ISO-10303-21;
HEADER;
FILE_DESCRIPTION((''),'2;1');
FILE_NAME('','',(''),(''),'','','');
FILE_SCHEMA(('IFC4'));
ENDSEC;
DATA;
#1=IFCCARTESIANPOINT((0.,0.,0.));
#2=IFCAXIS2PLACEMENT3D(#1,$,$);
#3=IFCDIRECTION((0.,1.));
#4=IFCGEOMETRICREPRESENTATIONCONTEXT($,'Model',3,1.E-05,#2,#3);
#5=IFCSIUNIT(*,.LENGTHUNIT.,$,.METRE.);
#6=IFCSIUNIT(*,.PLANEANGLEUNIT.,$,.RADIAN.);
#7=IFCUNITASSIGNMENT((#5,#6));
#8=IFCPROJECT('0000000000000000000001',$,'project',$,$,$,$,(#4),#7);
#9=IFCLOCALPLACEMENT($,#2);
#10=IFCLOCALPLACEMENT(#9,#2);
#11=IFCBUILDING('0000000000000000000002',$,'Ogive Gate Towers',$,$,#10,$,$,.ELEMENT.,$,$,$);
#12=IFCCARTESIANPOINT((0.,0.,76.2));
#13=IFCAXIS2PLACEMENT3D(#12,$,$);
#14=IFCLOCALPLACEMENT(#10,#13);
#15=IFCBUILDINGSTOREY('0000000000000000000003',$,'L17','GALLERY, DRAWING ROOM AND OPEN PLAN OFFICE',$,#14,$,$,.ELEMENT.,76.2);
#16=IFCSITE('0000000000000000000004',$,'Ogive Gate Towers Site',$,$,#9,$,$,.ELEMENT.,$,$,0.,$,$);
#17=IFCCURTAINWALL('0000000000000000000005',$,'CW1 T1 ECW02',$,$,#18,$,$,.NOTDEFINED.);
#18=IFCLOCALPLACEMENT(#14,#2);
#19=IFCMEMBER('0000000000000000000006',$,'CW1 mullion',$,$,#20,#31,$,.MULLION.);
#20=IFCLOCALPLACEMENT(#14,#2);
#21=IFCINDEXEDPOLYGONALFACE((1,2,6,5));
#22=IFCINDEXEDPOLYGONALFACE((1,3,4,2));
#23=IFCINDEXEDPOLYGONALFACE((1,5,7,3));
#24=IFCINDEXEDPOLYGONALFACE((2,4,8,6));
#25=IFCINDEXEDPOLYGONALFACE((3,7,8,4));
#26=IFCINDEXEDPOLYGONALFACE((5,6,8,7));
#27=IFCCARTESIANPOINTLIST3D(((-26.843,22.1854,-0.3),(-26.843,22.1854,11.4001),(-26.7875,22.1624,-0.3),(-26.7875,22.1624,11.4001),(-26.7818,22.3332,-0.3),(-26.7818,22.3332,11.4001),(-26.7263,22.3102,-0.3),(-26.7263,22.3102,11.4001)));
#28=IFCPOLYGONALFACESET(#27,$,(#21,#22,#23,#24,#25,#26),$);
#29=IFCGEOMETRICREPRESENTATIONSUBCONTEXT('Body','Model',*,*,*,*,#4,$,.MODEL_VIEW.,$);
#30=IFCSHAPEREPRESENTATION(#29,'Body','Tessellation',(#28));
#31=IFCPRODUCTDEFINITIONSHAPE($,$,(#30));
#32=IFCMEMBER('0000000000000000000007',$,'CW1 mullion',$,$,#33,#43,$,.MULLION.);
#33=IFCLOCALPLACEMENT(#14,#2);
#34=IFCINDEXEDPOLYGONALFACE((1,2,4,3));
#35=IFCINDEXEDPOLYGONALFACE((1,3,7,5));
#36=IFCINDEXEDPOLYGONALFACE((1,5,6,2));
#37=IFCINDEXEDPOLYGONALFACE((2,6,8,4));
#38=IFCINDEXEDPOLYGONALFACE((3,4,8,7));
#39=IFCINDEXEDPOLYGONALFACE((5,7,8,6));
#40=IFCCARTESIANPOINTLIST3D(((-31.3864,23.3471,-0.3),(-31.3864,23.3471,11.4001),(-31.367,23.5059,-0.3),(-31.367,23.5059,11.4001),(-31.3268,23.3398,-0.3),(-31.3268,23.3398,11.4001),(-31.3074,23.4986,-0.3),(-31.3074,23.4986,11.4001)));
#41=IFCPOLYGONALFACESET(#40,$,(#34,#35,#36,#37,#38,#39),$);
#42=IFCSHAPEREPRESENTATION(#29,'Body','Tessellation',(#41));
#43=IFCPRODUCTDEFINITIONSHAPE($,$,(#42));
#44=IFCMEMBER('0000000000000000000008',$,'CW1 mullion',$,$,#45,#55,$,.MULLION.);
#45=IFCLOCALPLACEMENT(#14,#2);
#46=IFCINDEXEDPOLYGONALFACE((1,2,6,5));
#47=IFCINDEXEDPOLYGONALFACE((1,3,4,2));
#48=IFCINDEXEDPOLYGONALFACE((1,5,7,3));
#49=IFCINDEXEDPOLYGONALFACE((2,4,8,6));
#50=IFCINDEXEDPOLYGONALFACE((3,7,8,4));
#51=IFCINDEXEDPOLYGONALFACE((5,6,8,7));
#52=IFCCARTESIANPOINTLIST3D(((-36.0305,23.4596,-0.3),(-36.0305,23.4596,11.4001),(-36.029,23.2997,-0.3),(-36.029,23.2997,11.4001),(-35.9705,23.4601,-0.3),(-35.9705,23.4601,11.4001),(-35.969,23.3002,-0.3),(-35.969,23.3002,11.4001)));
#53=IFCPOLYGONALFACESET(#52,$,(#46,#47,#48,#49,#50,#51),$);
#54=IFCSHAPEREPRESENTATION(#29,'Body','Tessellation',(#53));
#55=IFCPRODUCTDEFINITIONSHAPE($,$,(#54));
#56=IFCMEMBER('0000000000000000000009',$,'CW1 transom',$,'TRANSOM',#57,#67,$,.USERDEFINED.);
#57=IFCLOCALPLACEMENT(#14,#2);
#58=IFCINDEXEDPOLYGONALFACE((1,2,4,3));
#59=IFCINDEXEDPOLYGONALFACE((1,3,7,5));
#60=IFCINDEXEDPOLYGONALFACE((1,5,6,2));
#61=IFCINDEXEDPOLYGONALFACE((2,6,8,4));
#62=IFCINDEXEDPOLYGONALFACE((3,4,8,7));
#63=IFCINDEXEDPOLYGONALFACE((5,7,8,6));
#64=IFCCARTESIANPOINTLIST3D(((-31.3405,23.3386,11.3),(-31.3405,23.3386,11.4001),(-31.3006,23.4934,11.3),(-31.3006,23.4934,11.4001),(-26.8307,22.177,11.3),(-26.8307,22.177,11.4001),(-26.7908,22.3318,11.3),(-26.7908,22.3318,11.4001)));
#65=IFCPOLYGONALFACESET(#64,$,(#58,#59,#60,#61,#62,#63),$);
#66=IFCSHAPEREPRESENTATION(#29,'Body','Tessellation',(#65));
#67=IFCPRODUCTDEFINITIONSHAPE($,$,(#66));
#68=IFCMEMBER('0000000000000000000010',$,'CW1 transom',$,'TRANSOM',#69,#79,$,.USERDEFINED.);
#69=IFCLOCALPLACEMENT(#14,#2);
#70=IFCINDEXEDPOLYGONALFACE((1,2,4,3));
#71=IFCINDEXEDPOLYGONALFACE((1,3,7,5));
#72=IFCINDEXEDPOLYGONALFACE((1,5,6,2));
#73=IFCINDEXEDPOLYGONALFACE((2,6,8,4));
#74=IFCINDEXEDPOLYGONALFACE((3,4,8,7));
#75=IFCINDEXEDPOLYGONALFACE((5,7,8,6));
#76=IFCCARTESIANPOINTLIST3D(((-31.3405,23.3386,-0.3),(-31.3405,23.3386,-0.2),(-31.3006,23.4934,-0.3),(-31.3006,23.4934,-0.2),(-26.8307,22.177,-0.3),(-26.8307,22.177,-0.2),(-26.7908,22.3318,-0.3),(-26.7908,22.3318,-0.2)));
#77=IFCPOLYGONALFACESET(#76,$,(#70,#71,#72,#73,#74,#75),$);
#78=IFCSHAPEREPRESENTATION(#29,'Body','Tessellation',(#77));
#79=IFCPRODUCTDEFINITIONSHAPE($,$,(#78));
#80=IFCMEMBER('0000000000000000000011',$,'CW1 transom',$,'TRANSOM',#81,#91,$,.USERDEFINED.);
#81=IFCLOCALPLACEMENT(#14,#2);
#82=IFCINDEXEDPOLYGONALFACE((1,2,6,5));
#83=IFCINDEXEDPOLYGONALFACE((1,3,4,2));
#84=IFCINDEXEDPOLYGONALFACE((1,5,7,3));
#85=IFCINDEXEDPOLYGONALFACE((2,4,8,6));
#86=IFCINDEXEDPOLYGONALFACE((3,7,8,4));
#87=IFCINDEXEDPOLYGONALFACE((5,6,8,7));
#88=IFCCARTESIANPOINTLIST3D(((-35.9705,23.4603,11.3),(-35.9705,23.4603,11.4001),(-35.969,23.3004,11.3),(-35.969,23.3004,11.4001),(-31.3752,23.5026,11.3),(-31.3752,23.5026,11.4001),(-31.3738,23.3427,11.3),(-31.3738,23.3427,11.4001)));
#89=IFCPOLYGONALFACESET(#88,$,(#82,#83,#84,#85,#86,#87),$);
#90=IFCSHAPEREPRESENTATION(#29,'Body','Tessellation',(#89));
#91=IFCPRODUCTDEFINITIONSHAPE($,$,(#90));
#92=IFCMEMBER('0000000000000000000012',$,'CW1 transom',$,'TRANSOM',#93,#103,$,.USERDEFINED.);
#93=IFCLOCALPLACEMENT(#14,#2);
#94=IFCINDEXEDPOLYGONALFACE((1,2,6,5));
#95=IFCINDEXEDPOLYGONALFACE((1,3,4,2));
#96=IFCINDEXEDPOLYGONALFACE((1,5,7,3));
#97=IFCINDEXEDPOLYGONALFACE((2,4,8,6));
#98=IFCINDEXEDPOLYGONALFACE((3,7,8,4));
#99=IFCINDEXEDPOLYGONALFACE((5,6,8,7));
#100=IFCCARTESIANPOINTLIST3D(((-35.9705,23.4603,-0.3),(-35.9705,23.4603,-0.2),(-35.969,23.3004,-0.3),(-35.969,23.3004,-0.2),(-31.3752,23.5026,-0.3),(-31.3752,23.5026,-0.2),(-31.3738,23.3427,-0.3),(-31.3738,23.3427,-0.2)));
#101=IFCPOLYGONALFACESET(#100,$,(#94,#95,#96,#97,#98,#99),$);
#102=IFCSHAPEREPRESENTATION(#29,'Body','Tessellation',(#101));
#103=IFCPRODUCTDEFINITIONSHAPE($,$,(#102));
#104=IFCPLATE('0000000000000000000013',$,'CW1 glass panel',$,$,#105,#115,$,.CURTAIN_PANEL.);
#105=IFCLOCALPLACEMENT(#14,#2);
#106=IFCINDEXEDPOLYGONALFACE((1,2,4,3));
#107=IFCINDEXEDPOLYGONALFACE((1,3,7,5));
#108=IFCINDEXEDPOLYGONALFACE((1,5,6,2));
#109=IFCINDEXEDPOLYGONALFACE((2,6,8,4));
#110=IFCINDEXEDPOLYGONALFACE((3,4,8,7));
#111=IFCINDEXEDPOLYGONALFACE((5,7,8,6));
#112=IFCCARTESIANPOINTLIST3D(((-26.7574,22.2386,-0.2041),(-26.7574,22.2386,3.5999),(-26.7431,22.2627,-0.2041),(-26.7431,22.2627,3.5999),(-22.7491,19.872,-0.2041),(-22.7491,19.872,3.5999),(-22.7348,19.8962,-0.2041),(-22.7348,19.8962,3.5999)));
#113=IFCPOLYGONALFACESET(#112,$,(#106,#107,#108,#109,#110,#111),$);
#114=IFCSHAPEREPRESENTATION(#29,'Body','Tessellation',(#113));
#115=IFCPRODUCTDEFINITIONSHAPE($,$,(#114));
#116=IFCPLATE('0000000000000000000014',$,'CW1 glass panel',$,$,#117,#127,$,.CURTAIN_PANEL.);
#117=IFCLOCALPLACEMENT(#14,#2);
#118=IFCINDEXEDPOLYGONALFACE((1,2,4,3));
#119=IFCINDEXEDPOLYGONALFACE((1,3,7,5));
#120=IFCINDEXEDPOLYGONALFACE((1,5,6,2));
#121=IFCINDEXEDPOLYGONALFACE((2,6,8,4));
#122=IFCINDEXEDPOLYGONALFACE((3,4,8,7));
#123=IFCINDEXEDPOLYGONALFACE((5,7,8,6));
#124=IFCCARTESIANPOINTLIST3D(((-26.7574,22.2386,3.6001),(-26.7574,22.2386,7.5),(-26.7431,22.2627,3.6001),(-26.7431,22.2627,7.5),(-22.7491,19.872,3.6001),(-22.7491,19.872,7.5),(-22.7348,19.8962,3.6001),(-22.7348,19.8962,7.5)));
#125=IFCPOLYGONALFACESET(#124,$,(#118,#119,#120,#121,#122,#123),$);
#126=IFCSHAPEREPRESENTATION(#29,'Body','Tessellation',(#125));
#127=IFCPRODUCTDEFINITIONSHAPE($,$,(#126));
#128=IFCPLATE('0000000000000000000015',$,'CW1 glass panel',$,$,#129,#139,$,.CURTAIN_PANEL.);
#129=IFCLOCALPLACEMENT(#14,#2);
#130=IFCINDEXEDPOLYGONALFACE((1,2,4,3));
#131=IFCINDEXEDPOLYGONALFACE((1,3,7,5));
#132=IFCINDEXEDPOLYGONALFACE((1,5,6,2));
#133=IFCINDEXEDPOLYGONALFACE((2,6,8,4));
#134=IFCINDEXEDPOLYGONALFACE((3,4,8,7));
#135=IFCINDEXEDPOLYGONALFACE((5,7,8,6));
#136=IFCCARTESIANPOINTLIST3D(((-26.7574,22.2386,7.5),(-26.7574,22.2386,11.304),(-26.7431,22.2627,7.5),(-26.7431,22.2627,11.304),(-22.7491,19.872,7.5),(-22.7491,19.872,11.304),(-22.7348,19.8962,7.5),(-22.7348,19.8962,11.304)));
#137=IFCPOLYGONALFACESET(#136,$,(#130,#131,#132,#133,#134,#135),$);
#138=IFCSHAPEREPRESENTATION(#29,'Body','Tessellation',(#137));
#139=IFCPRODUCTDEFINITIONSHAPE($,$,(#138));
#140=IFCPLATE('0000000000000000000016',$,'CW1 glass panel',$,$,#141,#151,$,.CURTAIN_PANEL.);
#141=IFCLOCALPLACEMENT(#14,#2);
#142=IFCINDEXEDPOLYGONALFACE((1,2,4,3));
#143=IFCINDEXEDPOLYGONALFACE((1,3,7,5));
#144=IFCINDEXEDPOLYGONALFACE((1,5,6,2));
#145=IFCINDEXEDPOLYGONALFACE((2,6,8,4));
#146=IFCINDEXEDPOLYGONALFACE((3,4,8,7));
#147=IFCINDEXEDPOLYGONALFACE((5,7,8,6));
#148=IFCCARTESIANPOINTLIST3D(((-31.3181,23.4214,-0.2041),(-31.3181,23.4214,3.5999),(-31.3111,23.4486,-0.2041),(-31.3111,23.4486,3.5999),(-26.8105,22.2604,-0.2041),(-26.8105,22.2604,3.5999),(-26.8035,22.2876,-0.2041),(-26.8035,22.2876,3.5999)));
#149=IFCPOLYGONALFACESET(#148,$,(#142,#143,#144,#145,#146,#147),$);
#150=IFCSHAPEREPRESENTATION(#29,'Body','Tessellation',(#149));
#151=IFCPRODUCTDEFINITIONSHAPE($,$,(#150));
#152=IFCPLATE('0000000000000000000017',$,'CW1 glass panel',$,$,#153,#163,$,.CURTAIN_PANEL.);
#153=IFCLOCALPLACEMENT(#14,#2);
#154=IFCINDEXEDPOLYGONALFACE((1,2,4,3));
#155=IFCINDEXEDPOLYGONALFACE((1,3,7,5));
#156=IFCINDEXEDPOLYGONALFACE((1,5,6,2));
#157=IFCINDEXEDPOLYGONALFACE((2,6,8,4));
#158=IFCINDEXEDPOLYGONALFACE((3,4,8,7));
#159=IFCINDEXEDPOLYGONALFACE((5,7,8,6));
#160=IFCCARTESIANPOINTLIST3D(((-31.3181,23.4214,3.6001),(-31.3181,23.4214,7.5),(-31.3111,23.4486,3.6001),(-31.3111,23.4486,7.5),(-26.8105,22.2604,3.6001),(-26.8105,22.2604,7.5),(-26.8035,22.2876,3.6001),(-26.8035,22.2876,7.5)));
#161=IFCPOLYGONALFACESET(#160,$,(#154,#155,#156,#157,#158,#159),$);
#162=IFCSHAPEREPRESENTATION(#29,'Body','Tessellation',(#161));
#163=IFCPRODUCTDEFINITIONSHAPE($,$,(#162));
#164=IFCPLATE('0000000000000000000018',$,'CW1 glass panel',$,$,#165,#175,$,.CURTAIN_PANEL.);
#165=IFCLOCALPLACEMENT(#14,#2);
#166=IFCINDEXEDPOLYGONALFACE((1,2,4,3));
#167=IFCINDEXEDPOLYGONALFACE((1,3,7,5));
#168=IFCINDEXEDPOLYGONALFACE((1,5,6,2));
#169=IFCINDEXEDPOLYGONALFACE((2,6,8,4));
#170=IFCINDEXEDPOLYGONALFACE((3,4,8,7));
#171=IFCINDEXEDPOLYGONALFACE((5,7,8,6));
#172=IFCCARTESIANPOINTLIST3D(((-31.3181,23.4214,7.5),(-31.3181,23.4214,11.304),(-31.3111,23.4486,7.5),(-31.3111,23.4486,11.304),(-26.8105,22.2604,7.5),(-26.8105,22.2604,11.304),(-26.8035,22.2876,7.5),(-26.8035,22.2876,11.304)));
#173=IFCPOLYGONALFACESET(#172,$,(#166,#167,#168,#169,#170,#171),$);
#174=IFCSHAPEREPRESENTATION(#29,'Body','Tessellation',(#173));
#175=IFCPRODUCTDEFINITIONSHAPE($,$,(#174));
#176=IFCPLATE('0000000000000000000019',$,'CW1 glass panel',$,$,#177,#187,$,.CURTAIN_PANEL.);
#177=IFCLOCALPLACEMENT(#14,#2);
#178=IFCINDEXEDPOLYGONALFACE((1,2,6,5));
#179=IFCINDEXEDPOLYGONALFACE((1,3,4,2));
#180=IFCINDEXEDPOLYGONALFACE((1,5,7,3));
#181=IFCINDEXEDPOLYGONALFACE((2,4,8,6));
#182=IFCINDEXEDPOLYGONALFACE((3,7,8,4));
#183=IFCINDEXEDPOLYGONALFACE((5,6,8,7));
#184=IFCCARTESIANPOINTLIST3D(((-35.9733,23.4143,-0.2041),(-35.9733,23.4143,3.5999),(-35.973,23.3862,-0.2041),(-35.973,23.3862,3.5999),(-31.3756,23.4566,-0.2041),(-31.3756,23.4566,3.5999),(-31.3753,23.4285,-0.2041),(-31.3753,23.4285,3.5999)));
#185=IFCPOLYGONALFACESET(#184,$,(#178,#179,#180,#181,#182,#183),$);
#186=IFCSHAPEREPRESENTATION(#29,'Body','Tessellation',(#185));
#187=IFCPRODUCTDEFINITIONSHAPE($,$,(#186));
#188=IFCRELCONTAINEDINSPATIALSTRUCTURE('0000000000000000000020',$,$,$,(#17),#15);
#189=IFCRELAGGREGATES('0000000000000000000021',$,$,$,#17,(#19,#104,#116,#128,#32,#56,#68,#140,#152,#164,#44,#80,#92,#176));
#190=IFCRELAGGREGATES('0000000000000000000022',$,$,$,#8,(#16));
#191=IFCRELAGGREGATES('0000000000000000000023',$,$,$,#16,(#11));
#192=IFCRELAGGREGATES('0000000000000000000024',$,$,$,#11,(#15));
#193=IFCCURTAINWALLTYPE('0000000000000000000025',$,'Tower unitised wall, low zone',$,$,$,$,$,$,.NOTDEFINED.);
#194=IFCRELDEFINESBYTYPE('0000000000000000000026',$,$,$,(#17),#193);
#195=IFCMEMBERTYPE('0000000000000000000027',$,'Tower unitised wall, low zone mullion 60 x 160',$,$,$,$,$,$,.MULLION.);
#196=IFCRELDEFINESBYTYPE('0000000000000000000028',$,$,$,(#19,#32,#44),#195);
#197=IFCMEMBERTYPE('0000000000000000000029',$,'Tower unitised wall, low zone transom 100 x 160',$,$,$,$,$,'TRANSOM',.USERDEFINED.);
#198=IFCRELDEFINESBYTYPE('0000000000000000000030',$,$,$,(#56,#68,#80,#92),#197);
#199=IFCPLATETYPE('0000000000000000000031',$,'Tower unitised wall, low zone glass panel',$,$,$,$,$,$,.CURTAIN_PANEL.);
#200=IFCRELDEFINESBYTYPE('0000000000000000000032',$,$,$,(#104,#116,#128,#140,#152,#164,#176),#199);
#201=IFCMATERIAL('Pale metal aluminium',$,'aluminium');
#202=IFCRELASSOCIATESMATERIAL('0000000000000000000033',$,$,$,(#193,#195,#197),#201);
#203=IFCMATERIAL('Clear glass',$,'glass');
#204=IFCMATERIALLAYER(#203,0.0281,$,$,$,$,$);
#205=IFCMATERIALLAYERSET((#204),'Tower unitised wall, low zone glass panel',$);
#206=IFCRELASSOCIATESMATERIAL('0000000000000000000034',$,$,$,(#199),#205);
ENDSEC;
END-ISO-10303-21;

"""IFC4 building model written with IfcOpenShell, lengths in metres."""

from ifc_helpers import new_model, si_unit, direction, frame, origin, origin_2d, place, context, subcontext, project, spatial, rectangle, extrude, material, layer, layer_set, material_profile, profile_set, type_object, element, aggregate, save


model = new_model("IFC4")

# Units and contexts
model_context = context("Model", 3, precision=1e-05, world=origin(), true_north=direction((0.0, 1.0)))
body_context = subcontext(model_context, "Body", "Model", "MODEL_VIEW")
ifc_project = project(units=[si_unit("LENGTHUNIT", "METRE"), si_unit("PLANEANGLEUNIT", "RADIAN")], contexts=[model_context])

# Site, building, storey
site_placement = place(None, origin())
site = spatial("IfcSite", under=ifc_project, at=site_placement, Name="Ogive Gate Towers Site", CompositionType="ELEMENT", RefElevation=0.0)
building_placement = place(site_placement, origin())
building = spatial("IfcBuilding", under=site, at=building_placement, Name="Ogive Gate Towers", CompositionType="ELEMENT")
storey_placement = place(building_placement, frame((0.0, 0.0, 76.2)))
storey = spatial("IfcBuildingStorey", under=building, at=storey_placement, Name="L17", Description="GALLERY, DRAWING ROOM AND OPEN PLAN OFFICE", CompositionType="ELEMENT", Elevation=76.2)

# Curtain wall, members, plates
ifc_material_1 = material(Name="Pale metal aluminium", Category="aluminium")
curtain_wall_type = type_object("IfcCurtainWallType", Name="Tower unitised wall, low zone", PredefinedType="NOTDEFINED", material=ifc_material_1)
curtain_wall_placement = place(storey_placement, origin())
curtain_wall = element("IfcCurtainWall", 1, at=curtain_wall_placement, inside=storey, type_object=curtain_wall_type, Name="CW1 T1 ECW02", PredefinedType="NOTDEFINED")
ifc_material_profile_1 = material_profile(ifc_material_1, rectangle(XDim=0.1599, YDim=0.0601, at=origin_2d()), Name="60 x 160 aluminium box")
ifc_profile_set_1 = profile_set([ifc_material_profile_1], Name="Pale metal aluminium")
member_type_1 = type_object("IfcMemberType", Name="Tower unitised wall, low zone mullion 60 x 160", PredefinedType="MULLION", material=ifc_profile_set_1)
member_1_placement = place(storey_placement, frame((-26.7847, 22.2478, -0.3), z_axis=(0.0, 0.0, 1.0), x_axis=(0.382683, 0.92388, 0.0)))
member_1 = element("IfcMember", 2, at=member_1_placement, type_object=member_type_1, Name="CW1 mullion", PredefinedType="MULLION", context=body_context, shape_type="SweptSolid", body=[
    extrude(rectangle(XDim=0.1599, YDim=0.0601, at=origin_2d()), origin(), (0.0, 0.0, 1.0), 11.7002),
])
member_2_placement = place(storey_placement, frame((-31.3469, 23.4229, -0.3), z_axis=(0.0, 0.0, 1.0), x_axis=(0.121142, 0.992635, 0.0)))
member_2 = element("IfcMember", 3, at=member_2_placement, type_object=member_type_1, Name="CW1 mullion", PredefinedType="MULLION", context=body_context, shape_type="SweptSolid", body=[
    extrude(rectangle(XDim=0.1599, YDim=0.0601, at=origin_2d()), origin(), (0.0, 0.0, 1.0), 11.7002),
])
member_3_placement = place(storey_placement, frame((-35.9998, 23.3799, -0.3), z_axis=(0.0, 0.0, 1.0), x_axis=(-0.009198, 0.999958, 0.0)))
member_3 = element("IfcMember", 4, at=member_3_placement, type_object=member_type_1, Name="CW1 mullion", PredefinedType="MULLION", context=body_context, shape_type="SweptSolid", body=[
    extrude(rectangle(XDim=0.1599, YDim=0.0601, at=origin_2d()), origin(), (0.0, 0.0, 1.0), 11.7002),
])
ifc_material_profile_2 = material_profile(ifc_material_1, rectangle(XDim=0.1599, YDim=0.1001, at=origin_2d()), Name="100 x 160 aluminium box")
ifc_profile_set_2 = profile_set([ifc_material_profile_2], Name="Pale metal aluminium")
member_type_2 = type_object("IfcMemberType", Name="Tower unitised wall, low zone transom 100 x 160", ElementType="TRANSOM", PredefinedType="USERDEFINED", material=ifc_profile_set_2)
member_4_placement = place(storey_placement, frame((-26.8108, 22.2544, 11.3501), z_axis=(-0.968391, 0.249437, 0.0), x_axis=(-0.249437, -0.968391, 0.0)))
member_4 = element("IfcMember", 5, at=member_4_placement, type_object=member_type_2, Name="CW1 transom", ObjectType="TRANSOM", PredefinedType="USERDEFINED", context=body_context, shape_type="SweptSolid", body=[
    extrude(rectangle(XDim=0.1599, YDim=0.1001, at=origin_2d()), origin(), (0.0, 0.0, 1.0), 4.657),
])
member_5_placement = place(storey_placement, frame((-26.8108, 22.2544, -0.25), z_axis=(-0.968391, 0.249437, 0.0), x_axis=(-0.249437, -0.968391, 0.0)))
member_5 = element("IfcMember", 6, at=member_5_placement, type_object=member_type_2, Name="CW1 transom", ObjectType="TRANSOM", PredefinedType="USERDEFINED", context=body_context, shape_type="SweptSolid", body=[
    extrude(rectangle(XDim=0.1599, YDim=0.1001, at=origin_2d()), origin(), (0.0, 0.0, 1.0), 4.657),
])
member_6_placement = place(storey_placement, frame((-31.3745, 23.4226, 11.3501), z_axis=(-0.999958, -0.009191, 0.0), x_axis=(0.009191, -0.999958, 0.0)))
member_6 = element("IfcMember", 7, at=member_6_placement, type_object=member_type_2, Name="CW1 transom", ObjectType="TRANSOM", PredefinedType="USERDEFINED", context=body_context, shape_type="SweptSolid", body=[
    extrude(rectangle(XDim=0.1599, YDim=0.1001, at=origin_2d()), origin(), (0.0, 0.0, 1.0), 4.5955),
])
member_7_placement = place(storey_placement, frame((-31.3745, 23.4226, -0.25), z_axis=(-0.999958, -0.009191, 0.0), x_axis=(0.009191, -0.999958, 0.0)))
member_7 = element("IfcMember", 8, at=member_7_placement, type_object=member_type_2, Name="CW1 transom", ObjectType="TRANSOM", PredefinedType="USERDEFINED", context=body_context, shape_type="SweptSolid", body=[
    extrude(rectangle(XDim=0.1599, YDim=0.1001, at=origin_2d()), origin(), (0.0, 0.0, 1.0), 4.5955),
])
ifc_material_2 = material(Name="Clear glass", Category="glass")
ifc_layer_1 = layer(ifc_material_2, 0.0281)
ifc_layer_set_1 = layer_set([ifc_layer_1], Name="Tower unitised wall, low zone glass panel")
plate_type = type_object("IfcPlateType", Name="Tower unitised wall, low zone glass panel", PredefinedType="CURTAIN_PANEL", material=ifc_layer_set_1)
plate_1_placement = place(storey_placement, frame((-24.7461, 21.0674, -0.2041), z_axis=(0.0, 0.0, 1.0), x_axis=(-0.861115, 0.50841, 0.0)))
plate_1 = element("IfcPlate", 9, at=plate_1_placement, type_object=plate_type, Name="CW1 glass panel", PredefinedType="CURTAIN_PANEL", context=body_context, shape_type="SweptSolid", body=[
    extrude(rectangle(XDim=4.6548, YDim=0.0281, at=origin_2d()), origin(), (0.0, 0.0, 1.0), 3.804),
])
plate_2_placement = place(storey_placement, frame((-24.7461, 21.0674, 3.6001), z_axis=(0.0, 0.0, 1.0), x_axis=(-0.861115, 0.50841, 0.0)))
plate_2 = element("IfcPlate", 10, at=plate_2_placement, type_object=plate_type, Name="CW1 glass panel", PredefinedType="CURTAIN_PANEL", context=body_context, shape_type="SweptSolid", body=[
    extrude(rectangle(XDim=4.6548, YDim=0.0281, at=origin_2d()), origin(), (0.0, 0.0, 1.0), 3.8999),
])
plate_3_placement = place(storey_placement, frame((-24.7461, 21.0674, 7.5), z_axis=(0.0, 0.0, 1.0), x_axis=(-0.861115, 0.50841, 0.0)))
plate_3 = element("IfcPlate", 11, at=plate_3_placement, type_object=plate_type, Name="CW1 glass panel", PredefinedType="CURTAIN_PANEL", context=body_context, shape_type="SweptSolid", body=[
    extrude(rectangle(XDim=4.6548, YDim=0.0281, at=origin_2d()), origin(), (0.0, 0.0, 1.0), 3.804),
])
plate_4_placement = place(storey_placement, frame((-29.0608, 22.8545, -0.2041), z_axis=(0.0, 0.0, 1.0), x_axis=(-0.968396, 0.249417, 0.0)))
plate_4 = element("IfcPlate", 12, at=plate_4_placement, type_object=plate_type, Name="CW1 glass panel", PredefinedType="CURTAIN_PANEL", context=body_context, shape_type="SweptSolid", body=[
    extrude(rectangle(XDim=4.6548, YDim=0.0281, at=origin_2d()), origin(), (0.0, 0.0, 1.0), 3.804),
])
plate_5_placement = place(storey_placement, frame((-29.0608, 22.8545, 3.6001), z_axis=(0.0, 0.0, 1.0), x_axis=(-0.968396, 0.249417, 0.0)))
plate_5 = element("IfcPlate", 13, at=plate_5_placement, type_object=plate_type, Name="CW1 glass panel", PredefinedType="CURTAIN_PANEL", context=body_context, shape_type="SweptSolid", body=[
    extrude(rectangle(XDim=4.6548, YDim=0.0281, at=origin_2d()), origin(), (0.0, 0.0, 1.0), 3.8999),
])
plate_6_placement = place(storey_placement, frame((-29.0608, 22.8545, 7.5), z_axis=(0.0, 0.0, 1.0), x_axis=(-0.968396, 0.249417, 0.0)))
plate_6 = element("IfcPlate", 14, at=plate_6_placement, type_object=plate_type, Name="CW1 glass panel", PredefinedType="CURTAIN_PANEL", context=body_context, shape_type="SweptSolid", body=[
    extrude(rectangle(XDim=4.6548, YDim=0.0281, at=origin_2d()), origin(), (0.0, 0.0, 1.0), 3.804),
])
plate_7_placement = place(storey_placement, frame((-33.6743, 23.4214, -0.2041), z_axis=(0.0, 0.0, 1.0), x_axis=(-0.999958, -0.009198, 0.0)))
plate_7 = element("IfcPlate", 15, at=plate_7_placement, type_object=plate_type, Name="CW1 glass panel", PredefinedType="CURTAIN_PANEL", context=body_context, shape_type="SweptSolid", body=[
    extrude(rectangle(XDim=4.5979, YDim=0.0281, at=origin_2d()), origin(), (0.0, 0.0, 1.0), 3.804),
])
aggregate(curtain_wall, [member_1, plate_1, plate_2, plate_3, member_2, member_4, member_5, plate_4, plate_5, plate_6, member_3, member_6, member_7, plate_7])

save(model, "model.ifc")
